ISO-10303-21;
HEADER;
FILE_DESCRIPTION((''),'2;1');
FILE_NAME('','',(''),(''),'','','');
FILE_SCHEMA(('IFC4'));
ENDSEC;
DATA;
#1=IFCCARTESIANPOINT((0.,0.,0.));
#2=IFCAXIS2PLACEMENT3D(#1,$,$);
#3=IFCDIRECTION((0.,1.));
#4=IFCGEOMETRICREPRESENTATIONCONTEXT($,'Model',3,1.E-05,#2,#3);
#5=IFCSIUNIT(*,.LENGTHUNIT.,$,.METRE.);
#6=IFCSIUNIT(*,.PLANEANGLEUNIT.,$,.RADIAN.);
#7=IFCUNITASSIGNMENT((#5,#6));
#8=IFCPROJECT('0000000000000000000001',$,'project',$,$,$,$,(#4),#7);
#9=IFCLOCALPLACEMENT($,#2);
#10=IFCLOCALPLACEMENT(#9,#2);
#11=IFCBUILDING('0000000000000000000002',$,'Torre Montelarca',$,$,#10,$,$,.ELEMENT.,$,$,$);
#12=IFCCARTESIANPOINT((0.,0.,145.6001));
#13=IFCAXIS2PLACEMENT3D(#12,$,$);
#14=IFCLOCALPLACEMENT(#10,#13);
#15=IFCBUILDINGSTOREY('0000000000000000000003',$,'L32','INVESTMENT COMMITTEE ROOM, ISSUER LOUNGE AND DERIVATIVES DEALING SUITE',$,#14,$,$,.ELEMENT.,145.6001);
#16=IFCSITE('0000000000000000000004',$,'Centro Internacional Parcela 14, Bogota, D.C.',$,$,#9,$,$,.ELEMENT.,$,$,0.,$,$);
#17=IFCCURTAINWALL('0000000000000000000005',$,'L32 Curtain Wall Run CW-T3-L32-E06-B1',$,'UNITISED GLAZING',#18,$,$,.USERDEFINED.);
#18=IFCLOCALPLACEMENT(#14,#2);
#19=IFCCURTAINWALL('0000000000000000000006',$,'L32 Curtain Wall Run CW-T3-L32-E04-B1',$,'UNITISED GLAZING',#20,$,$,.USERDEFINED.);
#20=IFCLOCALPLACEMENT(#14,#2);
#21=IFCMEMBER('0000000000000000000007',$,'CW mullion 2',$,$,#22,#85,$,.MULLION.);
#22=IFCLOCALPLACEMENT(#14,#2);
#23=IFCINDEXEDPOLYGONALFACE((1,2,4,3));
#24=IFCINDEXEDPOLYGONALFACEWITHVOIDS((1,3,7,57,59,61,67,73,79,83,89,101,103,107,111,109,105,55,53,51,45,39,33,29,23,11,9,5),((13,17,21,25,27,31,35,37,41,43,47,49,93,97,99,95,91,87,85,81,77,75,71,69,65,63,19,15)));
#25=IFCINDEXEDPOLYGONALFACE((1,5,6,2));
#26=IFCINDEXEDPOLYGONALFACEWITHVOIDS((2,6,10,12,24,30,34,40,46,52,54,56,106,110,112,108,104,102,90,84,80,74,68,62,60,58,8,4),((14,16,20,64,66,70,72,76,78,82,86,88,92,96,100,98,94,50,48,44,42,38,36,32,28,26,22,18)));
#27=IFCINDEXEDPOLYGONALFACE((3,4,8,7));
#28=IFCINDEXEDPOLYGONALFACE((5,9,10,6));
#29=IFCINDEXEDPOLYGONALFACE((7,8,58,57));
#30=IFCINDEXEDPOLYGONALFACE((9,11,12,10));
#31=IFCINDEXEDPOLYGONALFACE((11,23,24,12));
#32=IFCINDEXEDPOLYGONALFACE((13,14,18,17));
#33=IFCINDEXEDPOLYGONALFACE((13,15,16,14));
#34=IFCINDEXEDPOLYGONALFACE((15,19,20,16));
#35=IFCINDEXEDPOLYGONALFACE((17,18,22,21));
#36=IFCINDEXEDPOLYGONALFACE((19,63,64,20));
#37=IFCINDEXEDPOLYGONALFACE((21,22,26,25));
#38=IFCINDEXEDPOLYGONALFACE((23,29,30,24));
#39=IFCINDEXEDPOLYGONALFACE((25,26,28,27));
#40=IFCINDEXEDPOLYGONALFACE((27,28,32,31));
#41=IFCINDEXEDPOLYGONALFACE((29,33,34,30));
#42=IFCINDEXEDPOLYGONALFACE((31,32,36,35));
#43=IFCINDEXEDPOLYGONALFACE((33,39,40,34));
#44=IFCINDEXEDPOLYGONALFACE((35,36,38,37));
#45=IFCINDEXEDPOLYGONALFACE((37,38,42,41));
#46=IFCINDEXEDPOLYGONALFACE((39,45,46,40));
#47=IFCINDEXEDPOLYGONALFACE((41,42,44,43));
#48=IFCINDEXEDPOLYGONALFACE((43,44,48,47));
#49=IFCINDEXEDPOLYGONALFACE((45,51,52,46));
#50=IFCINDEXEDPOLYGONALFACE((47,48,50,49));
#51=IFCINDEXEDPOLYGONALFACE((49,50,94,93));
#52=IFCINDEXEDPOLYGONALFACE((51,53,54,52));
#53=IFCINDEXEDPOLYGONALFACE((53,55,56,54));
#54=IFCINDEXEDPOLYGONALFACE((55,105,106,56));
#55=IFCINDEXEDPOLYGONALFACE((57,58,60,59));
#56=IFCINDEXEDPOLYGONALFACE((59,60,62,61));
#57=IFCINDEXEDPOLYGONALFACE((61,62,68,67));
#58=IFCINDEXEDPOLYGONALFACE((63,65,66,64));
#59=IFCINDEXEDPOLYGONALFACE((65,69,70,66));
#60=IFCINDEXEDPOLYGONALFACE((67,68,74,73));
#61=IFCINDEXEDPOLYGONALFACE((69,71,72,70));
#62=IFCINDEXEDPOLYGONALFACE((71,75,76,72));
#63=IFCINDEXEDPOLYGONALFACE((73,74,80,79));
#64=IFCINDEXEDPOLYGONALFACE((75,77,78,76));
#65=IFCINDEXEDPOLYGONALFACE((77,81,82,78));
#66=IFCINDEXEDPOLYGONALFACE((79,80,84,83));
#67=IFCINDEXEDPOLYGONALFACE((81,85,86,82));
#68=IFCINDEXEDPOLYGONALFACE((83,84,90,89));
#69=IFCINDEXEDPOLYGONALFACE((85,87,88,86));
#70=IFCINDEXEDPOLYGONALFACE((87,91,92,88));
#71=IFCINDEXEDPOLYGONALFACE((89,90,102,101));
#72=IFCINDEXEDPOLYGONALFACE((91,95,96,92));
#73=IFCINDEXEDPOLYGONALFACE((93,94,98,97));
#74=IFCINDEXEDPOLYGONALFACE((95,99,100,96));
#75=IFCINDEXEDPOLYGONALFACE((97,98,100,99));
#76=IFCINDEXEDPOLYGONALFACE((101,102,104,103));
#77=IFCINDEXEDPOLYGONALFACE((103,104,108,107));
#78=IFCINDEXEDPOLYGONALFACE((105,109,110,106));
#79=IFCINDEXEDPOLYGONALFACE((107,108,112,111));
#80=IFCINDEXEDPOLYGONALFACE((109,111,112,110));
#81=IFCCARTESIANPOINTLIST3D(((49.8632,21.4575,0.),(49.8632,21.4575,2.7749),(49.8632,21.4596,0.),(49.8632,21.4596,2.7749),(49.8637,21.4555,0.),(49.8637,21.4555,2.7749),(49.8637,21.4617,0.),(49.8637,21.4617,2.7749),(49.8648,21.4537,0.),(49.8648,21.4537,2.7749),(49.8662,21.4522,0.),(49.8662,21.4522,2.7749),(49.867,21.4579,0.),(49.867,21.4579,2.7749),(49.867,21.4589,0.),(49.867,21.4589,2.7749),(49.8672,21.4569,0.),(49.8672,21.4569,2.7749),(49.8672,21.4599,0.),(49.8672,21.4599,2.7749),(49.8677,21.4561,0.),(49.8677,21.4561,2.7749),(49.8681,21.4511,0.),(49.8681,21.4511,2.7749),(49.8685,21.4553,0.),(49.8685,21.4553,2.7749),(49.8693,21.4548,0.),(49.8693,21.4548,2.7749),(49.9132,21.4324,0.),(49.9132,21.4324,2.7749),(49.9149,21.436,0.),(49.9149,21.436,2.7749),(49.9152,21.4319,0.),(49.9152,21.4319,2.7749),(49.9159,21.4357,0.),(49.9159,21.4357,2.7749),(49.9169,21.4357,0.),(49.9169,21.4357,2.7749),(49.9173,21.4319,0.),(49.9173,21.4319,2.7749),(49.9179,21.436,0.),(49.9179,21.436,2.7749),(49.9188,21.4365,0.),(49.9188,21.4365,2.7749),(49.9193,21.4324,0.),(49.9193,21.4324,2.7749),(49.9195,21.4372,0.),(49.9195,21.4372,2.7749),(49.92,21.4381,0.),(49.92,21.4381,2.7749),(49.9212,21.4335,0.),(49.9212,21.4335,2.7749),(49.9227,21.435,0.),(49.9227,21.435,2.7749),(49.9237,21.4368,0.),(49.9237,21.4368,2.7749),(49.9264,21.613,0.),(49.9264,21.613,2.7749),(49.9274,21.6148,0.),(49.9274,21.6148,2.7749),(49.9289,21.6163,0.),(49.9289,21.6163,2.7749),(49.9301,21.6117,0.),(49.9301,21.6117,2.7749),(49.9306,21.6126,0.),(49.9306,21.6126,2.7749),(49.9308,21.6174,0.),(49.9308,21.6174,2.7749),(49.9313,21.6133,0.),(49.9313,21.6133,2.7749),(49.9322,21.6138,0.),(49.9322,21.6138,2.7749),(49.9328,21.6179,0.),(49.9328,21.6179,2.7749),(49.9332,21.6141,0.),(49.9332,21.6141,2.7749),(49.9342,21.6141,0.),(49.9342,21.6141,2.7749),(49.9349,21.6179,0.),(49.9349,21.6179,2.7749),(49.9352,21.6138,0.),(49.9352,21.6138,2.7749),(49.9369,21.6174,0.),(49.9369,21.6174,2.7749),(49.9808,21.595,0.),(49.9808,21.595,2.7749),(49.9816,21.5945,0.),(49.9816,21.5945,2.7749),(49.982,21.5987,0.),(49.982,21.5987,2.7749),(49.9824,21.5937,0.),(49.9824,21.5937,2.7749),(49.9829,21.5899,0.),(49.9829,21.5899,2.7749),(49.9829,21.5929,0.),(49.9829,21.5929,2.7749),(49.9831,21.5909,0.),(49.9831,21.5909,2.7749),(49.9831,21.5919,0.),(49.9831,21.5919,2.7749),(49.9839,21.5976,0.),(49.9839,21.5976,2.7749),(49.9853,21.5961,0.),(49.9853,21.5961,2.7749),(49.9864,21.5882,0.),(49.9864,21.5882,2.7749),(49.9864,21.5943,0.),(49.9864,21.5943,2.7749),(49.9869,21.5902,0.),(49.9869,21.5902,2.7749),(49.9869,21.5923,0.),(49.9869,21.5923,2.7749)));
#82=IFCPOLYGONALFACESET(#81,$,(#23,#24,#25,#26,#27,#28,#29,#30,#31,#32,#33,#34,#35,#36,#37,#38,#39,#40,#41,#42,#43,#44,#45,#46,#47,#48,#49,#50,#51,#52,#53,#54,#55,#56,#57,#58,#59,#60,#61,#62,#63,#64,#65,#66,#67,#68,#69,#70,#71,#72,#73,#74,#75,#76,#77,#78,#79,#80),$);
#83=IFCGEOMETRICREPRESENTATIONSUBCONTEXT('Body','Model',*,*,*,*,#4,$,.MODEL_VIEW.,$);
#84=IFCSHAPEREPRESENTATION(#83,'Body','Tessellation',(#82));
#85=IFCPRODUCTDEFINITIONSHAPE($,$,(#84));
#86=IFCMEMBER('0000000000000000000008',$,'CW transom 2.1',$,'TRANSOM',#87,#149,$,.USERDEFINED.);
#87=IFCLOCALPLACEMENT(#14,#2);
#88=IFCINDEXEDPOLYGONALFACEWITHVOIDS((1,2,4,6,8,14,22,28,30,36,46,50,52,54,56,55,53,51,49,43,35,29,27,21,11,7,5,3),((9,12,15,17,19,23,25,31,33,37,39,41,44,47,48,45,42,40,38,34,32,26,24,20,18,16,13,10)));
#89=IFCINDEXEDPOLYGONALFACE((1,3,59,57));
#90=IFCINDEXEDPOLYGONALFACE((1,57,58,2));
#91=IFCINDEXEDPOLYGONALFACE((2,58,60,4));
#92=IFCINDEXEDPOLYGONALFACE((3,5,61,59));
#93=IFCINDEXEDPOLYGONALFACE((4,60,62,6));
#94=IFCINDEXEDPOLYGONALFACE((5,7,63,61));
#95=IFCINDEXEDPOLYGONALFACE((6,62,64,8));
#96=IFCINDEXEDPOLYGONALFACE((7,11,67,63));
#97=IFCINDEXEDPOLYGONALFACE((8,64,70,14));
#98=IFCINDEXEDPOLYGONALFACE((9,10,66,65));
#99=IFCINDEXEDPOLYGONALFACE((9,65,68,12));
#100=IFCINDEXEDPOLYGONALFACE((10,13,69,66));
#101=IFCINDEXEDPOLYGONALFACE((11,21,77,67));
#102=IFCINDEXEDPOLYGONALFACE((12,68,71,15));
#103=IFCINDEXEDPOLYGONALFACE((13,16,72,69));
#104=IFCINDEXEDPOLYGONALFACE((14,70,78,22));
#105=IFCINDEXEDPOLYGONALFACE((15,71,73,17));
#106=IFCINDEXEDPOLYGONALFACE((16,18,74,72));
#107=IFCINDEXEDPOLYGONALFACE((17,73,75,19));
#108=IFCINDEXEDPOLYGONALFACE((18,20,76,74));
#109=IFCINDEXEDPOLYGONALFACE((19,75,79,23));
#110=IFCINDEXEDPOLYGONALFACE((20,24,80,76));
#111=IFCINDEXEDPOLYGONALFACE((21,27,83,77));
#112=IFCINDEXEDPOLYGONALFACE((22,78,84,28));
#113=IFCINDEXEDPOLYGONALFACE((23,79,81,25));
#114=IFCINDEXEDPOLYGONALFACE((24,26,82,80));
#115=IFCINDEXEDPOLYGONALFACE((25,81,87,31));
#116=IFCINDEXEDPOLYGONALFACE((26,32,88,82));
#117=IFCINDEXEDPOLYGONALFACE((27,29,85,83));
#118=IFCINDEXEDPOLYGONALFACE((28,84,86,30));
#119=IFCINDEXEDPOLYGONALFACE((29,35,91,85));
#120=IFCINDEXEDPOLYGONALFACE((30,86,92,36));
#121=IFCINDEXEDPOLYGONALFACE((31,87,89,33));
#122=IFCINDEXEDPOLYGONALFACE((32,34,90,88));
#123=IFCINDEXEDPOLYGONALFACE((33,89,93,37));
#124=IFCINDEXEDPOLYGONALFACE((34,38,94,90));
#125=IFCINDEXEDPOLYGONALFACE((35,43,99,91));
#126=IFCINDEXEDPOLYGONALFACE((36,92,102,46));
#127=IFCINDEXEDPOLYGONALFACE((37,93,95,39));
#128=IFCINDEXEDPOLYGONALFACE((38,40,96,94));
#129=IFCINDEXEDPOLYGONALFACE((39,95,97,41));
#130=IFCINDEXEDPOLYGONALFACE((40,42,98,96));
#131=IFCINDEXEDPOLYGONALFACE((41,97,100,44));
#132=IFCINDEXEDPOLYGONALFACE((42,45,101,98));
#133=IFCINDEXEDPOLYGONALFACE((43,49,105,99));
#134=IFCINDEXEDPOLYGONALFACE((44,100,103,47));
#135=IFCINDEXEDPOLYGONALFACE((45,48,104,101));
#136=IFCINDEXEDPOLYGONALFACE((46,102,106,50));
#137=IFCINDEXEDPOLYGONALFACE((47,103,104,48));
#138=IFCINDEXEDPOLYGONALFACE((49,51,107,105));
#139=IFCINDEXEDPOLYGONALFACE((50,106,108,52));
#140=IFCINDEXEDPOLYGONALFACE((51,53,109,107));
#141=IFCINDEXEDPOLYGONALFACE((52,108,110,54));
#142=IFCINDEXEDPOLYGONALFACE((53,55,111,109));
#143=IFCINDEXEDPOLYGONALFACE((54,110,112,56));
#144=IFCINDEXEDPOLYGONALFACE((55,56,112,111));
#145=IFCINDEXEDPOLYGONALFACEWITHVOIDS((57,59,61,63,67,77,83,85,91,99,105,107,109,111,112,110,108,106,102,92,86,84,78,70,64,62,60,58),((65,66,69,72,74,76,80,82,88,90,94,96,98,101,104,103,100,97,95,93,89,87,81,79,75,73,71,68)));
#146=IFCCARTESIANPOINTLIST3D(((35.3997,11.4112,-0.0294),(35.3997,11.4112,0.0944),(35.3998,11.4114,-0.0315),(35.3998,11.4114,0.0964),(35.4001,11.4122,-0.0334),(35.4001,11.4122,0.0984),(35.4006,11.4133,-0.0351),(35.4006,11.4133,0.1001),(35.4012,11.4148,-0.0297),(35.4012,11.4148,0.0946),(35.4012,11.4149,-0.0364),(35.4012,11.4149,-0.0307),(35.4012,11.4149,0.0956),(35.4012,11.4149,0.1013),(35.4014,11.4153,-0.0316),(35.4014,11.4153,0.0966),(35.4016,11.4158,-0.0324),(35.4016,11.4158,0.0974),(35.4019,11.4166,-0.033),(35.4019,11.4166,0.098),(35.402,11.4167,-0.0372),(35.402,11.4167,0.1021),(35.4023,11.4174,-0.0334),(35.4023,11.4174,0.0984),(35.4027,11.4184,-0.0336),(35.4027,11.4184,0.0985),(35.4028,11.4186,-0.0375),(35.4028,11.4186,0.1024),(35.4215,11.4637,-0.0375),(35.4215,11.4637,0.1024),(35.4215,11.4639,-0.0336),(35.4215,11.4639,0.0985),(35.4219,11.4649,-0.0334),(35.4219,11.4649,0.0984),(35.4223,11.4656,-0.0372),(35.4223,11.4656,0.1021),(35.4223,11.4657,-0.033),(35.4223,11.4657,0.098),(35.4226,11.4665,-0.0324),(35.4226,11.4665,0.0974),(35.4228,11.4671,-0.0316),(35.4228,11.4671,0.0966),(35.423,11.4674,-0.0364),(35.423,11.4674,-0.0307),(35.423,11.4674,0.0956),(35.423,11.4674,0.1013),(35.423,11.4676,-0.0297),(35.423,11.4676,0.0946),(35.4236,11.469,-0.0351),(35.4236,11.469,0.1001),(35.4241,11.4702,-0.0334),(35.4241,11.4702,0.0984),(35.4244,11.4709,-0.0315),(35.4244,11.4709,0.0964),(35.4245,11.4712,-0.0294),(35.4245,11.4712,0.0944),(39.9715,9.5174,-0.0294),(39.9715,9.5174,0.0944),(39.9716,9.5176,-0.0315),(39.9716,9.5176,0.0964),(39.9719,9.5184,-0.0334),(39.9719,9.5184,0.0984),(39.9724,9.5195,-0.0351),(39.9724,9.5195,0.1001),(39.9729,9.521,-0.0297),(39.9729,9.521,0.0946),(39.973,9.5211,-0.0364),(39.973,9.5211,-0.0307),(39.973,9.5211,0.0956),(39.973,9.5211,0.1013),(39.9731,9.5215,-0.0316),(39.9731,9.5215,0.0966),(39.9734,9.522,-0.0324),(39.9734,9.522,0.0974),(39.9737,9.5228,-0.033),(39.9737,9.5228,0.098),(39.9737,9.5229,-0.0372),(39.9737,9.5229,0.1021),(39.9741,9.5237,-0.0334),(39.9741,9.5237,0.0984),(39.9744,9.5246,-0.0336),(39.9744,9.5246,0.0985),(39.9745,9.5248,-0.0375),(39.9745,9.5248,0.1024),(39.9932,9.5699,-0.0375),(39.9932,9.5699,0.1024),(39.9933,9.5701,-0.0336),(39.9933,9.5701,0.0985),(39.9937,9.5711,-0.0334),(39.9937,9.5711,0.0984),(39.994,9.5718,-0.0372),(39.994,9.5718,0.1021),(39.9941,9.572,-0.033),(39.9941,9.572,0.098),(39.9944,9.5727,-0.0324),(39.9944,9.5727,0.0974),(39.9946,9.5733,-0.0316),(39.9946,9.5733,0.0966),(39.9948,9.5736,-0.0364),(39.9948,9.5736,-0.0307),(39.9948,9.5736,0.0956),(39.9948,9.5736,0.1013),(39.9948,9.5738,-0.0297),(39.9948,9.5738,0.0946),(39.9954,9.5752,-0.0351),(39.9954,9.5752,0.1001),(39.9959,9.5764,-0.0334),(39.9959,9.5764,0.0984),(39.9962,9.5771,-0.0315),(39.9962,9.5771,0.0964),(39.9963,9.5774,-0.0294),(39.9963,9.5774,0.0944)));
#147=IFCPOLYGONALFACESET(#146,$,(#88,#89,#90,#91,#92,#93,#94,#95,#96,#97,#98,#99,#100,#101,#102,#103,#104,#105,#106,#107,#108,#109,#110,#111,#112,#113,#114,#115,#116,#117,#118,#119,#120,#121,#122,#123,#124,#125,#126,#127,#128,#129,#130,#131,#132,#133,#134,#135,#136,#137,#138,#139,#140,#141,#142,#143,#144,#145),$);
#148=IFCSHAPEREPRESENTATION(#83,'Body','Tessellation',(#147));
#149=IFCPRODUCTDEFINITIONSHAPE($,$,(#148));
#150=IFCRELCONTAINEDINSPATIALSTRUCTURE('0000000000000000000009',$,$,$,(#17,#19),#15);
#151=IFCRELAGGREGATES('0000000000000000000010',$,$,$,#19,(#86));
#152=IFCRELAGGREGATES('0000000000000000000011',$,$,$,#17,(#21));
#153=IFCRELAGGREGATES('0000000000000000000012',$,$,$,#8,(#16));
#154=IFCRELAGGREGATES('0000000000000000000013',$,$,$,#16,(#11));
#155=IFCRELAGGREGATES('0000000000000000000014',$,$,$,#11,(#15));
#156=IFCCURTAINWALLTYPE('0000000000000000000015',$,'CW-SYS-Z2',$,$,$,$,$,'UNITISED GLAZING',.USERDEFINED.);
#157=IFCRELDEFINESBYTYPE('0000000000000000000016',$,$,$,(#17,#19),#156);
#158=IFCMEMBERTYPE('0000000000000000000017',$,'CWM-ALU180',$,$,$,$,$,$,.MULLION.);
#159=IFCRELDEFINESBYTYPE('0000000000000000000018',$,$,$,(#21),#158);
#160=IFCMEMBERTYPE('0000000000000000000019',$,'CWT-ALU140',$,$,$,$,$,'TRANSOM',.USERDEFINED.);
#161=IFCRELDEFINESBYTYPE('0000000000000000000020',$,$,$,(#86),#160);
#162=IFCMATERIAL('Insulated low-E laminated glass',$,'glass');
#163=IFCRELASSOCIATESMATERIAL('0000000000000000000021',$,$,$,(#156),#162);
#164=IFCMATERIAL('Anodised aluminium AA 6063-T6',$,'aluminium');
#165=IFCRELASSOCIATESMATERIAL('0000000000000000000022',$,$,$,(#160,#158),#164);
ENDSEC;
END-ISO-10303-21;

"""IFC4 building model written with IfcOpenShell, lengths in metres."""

from ifc_helpers import new_model, si_unit, direction, frame, origin, origin_2d, place, context, subcontext, project, spatial, hollow_rectangle, extrude, source, transform, mapped, material, material_profile, profile_set, type_object, element, aggregate, save


model = new_model("IFC4")

# Units and contexts
model_context = context("Model", 3, precision=1e-05, world=origin(), true_north=direction((0.0, 1.0)))
body_context = subcontext(model_context, "Body", "Model", "MODEL_VIEW")
ifc_project = project(units=[si_unit("LENGTHUNIT", "METRE"), si_unit("PLANEANGLEUNIT", "RADIAN")], contexts=[model_context])

# Site, building, storey
site_placement = place(None, origin())
site = spatial("IfcSite", under=ifc_project, at=site_placement, Name="Centro Internacional Parcela 14, Bogota, D.C.", CompositionType="ELEMENT", RefElevation=0.0)
building_placement = place(site_placement, origin())
building = spatial("IfcBuilding", under=site, at=building_placement, Name="Torre Montelarca", CompositionType="ELEMENT")
storey_placement = place(building_placement, frame((0.0, 0.0, 145.6001)))
storey = spatial("IfcBuildingStorey", under=building, at=storey_placement, Name="L32", Description="INVESTMENT COMMITTEE ROOM, ISSUER LOUNGE AND DERIVATIVES DEALING SUITE", CompositionType="ELEMENT", Elevation=145.6001)

# Curtain walls
ifc_material_1 = material(Name="Insulated low-E laminated glass", Category="glass")
curtain_wall_type = type_object("IfcCurtainWallType", Name="CW-SYS-Z2", ElementType="UNITISED GLAZING", PredefinedType="USERDEFINED", material=ifc_material_1)
ifc_material_2 = material(Name="Anodised aluminium AA 6063-T6", Category="aluminium")
ifc_material_profile_1 = material_profile(ifc_material_2, hollow_rectangle(XDim=0.0649, YDim=0.1399, WallThickness=0.0039, InnerFilletRadius=0.0039, OuterFilletRadius=0.0081, at=origin_2d()), Name="ALU65X140X4", Category="aluminium")
ifc_profile_set_1 = profile_set([ifc_material_profile_1], Name="Anodised aluminium AA 6063-T6")
member_type_1 = type_object("IfcMemberType", Name="CWT-ALU140", ElementType="TRANSOM", PredefinedType="USERDEFINED", material=ifc_profile_set_1)
curtain_wall_1_placement = place(storey_placement, origin())
curtain_wall_1 = element("IfcCurtainWall", 1, at=curtain_wall_1_placement, inside=storey, type_object=curtain_wall_type, Name="L32 Curtain Wall Run CW-T3-L32-E06-B1", ObjectType="UNITISED GLAZING", PredefinedType="USERDEFINED")
curtain_wall_2_placement = place(storey_placement, origin())
curtain_wall_2 = element("IfcCurtainWall", 2, at=curtain_wall_2_placement, inside=storey, type_object=curtain_wall_type, Name="L32 Curtain Wall Run CW-T3-L32-E04-B1", ObjectType="UNITISED GLAZING", PredefinedType="USERDEFINED")
ifc_material_profile_2 = material_profile(ifc_material_2, hollow_rectangle(XDim=0.0649, YDim=0.1799, WallThickness=0.0039, InnerFilletRadius=0.0039, OuterFilletRadius=0.0081, at=origin_2d()), Name="ALU65X180X4", Category="aluminium")
ifc_profile_set_2 = profile_set([ifc_material_profile_2], Name="Anodised aluminium AA 6063-T6")
member_type_2 = type_object("IfcMemberType", Name="CWM-ALU180", PredefinedType="MULLION", material=ifc_profile_set_2)

# Members
shared_shape_1 = source(origin(), body_context, "Body", "SweptSolid", [
    extrude(hollow_rectangle(XDim=0.0649, YDim=0.1799, WallThickness=0.0039, InnerFilletRadius=0.0039, OuterFilletRadius=0.0081, at=origin_2d()), origin(), (0.0, 0.0, 1.0), 2.7749),
])
member_1_placement = place(storey_placement, frame((49.925, 21.5249, 0.0), z_axis=(0.0, 0.0, 1.0), x_axis=(-0.923881, 0.382679, 0.0)))
member_1 = element("IfcMember", 3, at=member_1_placement, type_object=member_type_2, Name="CW mullion 2", PredefinedType="MULLION", context=body_context, shape_type="MappedRepresentation", body=[
    mapped(shared_shape_1, transform((0.0, 0.0, 0.0), scale=1.0)),
])
shared_shape_2 = source(origin(), body_context, "Body", "SweptSolid", [
    extrude(hollow_rectangle(XDim=0.0649, YDim=0.1399, WallThickness=0.0039, InnerFilletRadius=0.0039, OuterFilletRadius=0.0081, at=origin_2d()), origin(), (0.0, 0.0, 1.0), 4.9485),
])
member_2_placement = place(storey_placement, frame((35.4121, 11.4412, 0.0325), z_axis=(0.923872, -0.382702, 0.0), x_axis=(0.382702, 0.923872, 0.0)))
member_2 = element("IfcMember", 4, at=member_2_placement, type_object=member_type_1, Name="CW transom 2.1", ObjectType="TRANSOM", PredefinedType="USERDEFINED", context=body_context, shape_type="MappedRepresentation", body=[
    mapped(shared_shape_2, transform((0.0, 0.0, 0.0), scale=1.0)),
])

aggregate(curtain_wall_2, [member_2])
aggregate(curtain_wall_1, [member_1])

save(model, "model.ifc")
